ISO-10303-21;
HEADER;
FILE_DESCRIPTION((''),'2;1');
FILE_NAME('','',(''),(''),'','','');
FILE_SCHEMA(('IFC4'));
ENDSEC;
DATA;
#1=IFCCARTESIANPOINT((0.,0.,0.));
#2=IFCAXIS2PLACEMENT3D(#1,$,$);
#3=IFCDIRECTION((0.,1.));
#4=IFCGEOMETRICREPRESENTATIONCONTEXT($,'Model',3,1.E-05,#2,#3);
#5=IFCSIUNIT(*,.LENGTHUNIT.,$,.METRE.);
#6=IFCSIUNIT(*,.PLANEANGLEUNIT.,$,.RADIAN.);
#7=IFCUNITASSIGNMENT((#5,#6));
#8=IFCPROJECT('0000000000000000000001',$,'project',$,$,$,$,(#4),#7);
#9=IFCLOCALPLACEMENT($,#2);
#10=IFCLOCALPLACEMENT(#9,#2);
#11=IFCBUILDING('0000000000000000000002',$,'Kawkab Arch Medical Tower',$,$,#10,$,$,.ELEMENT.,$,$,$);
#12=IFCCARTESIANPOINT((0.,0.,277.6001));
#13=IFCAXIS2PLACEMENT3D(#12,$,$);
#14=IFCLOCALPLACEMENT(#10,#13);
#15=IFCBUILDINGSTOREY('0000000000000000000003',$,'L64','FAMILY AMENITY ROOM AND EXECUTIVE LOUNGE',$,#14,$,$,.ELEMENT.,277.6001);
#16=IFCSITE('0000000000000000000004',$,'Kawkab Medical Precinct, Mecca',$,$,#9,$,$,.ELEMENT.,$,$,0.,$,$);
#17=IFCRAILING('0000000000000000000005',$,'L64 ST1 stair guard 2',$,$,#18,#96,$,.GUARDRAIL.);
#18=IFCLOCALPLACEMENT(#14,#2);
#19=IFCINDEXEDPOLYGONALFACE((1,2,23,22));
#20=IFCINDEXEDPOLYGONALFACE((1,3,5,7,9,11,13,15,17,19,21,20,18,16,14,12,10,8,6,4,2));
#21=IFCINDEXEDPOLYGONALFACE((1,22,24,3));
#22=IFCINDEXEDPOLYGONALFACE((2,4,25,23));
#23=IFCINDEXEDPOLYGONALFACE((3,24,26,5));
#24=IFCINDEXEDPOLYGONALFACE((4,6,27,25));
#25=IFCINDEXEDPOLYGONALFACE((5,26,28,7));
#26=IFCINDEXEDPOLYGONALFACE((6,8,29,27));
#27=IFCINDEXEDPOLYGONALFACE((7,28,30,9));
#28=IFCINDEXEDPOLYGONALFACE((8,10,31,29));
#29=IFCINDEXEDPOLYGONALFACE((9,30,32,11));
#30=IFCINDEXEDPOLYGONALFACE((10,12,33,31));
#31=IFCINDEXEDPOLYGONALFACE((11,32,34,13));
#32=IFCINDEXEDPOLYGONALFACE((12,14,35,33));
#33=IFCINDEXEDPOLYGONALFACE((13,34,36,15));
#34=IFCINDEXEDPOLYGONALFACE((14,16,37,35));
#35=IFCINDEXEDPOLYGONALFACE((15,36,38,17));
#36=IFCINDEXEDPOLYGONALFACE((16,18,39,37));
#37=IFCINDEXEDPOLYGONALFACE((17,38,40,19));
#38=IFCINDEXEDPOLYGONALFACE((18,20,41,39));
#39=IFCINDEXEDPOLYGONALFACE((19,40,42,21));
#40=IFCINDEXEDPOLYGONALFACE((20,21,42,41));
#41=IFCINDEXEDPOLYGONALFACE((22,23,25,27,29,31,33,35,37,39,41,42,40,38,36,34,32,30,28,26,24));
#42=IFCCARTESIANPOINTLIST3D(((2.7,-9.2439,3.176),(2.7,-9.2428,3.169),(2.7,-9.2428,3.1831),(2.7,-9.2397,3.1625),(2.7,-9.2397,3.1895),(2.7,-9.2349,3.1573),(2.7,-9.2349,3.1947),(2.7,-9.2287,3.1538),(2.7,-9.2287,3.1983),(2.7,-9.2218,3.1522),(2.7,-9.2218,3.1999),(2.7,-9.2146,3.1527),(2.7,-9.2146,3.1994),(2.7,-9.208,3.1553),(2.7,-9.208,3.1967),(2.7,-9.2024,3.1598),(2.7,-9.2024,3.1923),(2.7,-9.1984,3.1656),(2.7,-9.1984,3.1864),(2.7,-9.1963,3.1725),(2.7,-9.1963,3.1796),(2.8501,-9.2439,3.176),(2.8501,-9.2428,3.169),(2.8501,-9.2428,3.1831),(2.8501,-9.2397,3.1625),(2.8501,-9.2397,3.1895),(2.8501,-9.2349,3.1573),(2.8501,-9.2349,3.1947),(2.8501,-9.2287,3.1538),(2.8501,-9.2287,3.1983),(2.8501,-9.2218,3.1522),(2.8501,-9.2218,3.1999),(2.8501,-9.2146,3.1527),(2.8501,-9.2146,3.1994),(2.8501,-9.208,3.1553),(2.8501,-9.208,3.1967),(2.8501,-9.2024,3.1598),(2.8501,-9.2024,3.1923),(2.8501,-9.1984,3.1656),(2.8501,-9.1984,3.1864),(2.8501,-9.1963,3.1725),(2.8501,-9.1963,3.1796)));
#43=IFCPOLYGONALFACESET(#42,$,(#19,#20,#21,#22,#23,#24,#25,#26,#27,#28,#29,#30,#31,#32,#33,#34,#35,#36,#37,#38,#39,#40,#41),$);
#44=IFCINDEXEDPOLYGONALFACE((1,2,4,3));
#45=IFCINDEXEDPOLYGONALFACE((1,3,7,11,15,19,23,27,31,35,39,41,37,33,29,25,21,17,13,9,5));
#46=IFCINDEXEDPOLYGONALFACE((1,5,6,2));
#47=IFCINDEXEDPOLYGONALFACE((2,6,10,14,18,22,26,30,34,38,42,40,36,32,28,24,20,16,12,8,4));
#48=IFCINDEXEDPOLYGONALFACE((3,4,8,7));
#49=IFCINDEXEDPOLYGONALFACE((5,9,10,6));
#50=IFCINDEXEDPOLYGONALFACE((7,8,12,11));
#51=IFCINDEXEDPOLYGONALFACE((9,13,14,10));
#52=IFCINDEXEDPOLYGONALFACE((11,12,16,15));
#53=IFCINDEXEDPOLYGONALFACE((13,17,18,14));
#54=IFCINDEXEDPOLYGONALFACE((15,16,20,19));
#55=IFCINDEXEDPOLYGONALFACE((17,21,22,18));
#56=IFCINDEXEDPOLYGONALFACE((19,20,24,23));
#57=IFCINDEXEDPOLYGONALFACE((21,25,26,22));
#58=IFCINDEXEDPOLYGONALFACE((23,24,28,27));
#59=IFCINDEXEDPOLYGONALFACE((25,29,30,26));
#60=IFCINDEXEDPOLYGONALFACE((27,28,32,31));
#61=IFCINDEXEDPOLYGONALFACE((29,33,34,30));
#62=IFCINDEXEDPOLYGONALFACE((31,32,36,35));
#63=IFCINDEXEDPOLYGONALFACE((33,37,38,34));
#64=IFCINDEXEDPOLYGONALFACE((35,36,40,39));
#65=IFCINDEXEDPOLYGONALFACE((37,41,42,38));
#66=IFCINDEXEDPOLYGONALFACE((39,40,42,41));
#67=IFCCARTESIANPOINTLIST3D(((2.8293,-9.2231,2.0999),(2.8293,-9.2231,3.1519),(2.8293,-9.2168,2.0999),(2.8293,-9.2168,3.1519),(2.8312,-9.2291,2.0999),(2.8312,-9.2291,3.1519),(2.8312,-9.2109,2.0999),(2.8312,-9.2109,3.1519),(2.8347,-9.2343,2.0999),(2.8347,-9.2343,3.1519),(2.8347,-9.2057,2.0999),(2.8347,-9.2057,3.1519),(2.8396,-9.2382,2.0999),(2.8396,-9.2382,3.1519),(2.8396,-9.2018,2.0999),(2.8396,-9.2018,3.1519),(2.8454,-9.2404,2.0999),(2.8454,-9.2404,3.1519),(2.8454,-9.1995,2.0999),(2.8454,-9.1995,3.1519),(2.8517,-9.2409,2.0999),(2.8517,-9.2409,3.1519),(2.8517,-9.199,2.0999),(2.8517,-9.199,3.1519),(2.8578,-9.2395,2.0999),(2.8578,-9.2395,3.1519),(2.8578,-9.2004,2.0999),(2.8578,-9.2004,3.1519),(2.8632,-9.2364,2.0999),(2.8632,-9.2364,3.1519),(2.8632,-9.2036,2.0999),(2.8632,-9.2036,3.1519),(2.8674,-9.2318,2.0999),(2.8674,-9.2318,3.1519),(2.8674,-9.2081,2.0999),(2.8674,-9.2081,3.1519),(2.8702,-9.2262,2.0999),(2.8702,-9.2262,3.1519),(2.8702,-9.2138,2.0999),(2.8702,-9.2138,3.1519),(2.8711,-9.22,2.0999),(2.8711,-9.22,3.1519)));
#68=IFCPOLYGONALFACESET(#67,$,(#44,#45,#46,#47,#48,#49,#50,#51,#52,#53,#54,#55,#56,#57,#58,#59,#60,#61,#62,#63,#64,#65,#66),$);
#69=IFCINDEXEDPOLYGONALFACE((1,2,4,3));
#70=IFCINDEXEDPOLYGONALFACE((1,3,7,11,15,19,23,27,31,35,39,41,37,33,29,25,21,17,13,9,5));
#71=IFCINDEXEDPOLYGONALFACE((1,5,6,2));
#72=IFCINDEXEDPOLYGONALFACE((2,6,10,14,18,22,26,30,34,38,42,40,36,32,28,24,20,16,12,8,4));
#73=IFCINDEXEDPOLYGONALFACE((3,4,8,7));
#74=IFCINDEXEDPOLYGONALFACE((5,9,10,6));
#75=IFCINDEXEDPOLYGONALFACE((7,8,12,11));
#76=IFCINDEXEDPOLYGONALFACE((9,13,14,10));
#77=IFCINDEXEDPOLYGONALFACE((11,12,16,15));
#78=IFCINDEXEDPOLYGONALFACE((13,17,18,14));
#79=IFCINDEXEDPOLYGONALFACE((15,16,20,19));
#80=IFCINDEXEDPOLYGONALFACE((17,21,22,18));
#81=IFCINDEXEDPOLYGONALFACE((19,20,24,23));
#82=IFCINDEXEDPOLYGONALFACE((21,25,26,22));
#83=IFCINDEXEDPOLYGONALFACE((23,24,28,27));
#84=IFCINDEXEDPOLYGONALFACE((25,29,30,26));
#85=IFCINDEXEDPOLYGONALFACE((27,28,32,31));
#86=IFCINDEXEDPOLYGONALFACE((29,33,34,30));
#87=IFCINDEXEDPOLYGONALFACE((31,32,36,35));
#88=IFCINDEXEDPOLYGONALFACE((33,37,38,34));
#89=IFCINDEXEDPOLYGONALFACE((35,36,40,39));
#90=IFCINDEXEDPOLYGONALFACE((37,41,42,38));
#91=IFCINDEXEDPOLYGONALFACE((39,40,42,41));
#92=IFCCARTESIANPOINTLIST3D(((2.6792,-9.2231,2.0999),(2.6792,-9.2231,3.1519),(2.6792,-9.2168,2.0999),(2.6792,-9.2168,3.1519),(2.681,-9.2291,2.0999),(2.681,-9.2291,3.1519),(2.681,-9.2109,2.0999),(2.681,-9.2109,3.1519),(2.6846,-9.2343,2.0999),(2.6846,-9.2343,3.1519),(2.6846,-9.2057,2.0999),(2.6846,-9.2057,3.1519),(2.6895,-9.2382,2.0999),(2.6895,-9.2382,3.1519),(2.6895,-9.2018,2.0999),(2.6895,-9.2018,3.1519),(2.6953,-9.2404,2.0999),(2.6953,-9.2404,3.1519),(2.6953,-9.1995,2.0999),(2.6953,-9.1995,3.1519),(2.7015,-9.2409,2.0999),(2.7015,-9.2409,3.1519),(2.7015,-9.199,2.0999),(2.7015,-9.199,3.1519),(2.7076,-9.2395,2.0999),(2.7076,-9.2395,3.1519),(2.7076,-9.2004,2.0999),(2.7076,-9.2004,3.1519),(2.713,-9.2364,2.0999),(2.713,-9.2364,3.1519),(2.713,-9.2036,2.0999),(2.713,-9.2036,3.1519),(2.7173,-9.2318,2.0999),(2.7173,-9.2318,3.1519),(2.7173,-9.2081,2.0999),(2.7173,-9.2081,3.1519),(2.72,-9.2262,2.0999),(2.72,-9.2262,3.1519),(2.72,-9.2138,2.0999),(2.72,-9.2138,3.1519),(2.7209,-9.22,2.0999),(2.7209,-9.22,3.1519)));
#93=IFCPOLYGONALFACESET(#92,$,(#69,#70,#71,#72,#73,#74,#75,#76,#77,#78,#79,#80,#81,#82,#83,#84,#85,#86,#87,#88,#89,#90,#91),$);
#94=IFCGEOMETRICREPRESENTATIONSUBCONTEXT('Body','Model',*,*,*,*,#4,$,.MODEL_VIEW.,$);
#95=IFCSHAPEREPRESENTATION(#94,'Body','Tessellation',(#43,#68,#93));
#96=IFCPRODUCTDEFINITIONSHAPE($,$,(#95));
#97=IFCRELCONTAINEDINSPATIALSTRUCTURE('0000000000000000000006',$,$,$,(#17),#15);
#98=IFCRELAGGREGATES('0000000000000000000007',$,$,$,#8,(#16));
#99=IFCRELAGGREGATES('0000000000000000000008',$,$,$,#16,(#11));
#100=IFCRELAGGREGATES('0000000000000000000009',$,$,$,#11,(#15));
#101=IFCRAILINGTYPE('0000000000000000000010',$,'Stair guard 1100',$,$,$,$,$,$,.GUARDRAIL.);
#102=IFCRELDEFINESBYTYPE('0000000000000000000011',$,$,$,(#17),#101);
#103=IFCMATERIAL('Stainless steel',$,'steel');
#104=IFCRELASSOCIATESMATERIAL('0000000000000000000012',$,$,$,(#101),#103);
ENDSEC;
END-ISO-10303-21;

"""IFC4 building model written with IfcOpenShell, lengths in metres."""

from ifc_helpers import new_model, si_unit, direction, frame, origin, origin_2d, place, context, subcontext, project, spatial, circle, extrude, material, type_object, element, save


model = new_model("IFC4")

# Units and contexts
model_context = context("Model", 3, precision=1e-05, world=origin(), true_north=direction((0.0, 1.0)))
body_context = subcontext(model_context, "Body", "Model", "MODEL_VIEW")
ifc_project = project(units=[si_unit("LENGTHUNIT", "METRE"), si_unit("PLANEANGLEUNIT", "RADIAN")], contexts=[model_context])

# Site, building, storey
site_placement = place(None, origin())
site = spatial("IfcSite", under=ifc_project, at=site_placement, Name="Kawkab Medical Precinct, Mecca", CompositionType="ELEMENT", RefElevation=0.0)
building_placement = place(site_placement, origin())
building = spatial("IfcBuilding", under=site, at=building_placement, Name="Kawkab Arch Medical Tower", CompositionType="ELEMENT")
storey_placement = place(building_placement, frame((0.0, 0.0, 277.6001)))
storey = spatial("IfcBuildingStorey", under=building, at=storey_placement, Name="L64", Description="FAMILY AMENITY ROOM AND EXECUTIVE LOUNGE", CompositionType="ELEMENT", Elevation=277.6001)

# Railing
ifc_material_1 = material(Name="Stainless steel", Category="steel")
railing_type = type_object("IfcRailingType", Name="Stair guard 1100", PredefinedType="GUARDRAIL", material=ifc_material_1)
railing_1_placement = place(storey_placement, frame((2.8501, -9.22, 2.0999)))
element("IfcRailing", 1, at=railing_1_placement, inside=storey, type_object=railing_type, Name="L64 ST1 stair guard 2", PredefinedType="GUARDRAIL", context=body_context, shape_type="SweptSolid", body=[
    extrude(circle(Radius=0.0239, at=origin_2d()), frame((0.0, 0.0, 1.0762), z_axis=(-1.0, 0.0, 0.0), x_axis=(0.0, -1.0, 0.0)), (0.0, 0.0, 1.0), 0.1501),
    extrude(circle(Radius=0.021, at=origin_2d()), origin(), (0.0, 0.0, 1.0), 1.052),
    extrude(circle(Radius=0.021, at=origin_2d()), frame((-0.1501, 0.0, 0.0)), (0.0, 0.0, 1.0), 1.052),
])

save(model, "model.ifc")
